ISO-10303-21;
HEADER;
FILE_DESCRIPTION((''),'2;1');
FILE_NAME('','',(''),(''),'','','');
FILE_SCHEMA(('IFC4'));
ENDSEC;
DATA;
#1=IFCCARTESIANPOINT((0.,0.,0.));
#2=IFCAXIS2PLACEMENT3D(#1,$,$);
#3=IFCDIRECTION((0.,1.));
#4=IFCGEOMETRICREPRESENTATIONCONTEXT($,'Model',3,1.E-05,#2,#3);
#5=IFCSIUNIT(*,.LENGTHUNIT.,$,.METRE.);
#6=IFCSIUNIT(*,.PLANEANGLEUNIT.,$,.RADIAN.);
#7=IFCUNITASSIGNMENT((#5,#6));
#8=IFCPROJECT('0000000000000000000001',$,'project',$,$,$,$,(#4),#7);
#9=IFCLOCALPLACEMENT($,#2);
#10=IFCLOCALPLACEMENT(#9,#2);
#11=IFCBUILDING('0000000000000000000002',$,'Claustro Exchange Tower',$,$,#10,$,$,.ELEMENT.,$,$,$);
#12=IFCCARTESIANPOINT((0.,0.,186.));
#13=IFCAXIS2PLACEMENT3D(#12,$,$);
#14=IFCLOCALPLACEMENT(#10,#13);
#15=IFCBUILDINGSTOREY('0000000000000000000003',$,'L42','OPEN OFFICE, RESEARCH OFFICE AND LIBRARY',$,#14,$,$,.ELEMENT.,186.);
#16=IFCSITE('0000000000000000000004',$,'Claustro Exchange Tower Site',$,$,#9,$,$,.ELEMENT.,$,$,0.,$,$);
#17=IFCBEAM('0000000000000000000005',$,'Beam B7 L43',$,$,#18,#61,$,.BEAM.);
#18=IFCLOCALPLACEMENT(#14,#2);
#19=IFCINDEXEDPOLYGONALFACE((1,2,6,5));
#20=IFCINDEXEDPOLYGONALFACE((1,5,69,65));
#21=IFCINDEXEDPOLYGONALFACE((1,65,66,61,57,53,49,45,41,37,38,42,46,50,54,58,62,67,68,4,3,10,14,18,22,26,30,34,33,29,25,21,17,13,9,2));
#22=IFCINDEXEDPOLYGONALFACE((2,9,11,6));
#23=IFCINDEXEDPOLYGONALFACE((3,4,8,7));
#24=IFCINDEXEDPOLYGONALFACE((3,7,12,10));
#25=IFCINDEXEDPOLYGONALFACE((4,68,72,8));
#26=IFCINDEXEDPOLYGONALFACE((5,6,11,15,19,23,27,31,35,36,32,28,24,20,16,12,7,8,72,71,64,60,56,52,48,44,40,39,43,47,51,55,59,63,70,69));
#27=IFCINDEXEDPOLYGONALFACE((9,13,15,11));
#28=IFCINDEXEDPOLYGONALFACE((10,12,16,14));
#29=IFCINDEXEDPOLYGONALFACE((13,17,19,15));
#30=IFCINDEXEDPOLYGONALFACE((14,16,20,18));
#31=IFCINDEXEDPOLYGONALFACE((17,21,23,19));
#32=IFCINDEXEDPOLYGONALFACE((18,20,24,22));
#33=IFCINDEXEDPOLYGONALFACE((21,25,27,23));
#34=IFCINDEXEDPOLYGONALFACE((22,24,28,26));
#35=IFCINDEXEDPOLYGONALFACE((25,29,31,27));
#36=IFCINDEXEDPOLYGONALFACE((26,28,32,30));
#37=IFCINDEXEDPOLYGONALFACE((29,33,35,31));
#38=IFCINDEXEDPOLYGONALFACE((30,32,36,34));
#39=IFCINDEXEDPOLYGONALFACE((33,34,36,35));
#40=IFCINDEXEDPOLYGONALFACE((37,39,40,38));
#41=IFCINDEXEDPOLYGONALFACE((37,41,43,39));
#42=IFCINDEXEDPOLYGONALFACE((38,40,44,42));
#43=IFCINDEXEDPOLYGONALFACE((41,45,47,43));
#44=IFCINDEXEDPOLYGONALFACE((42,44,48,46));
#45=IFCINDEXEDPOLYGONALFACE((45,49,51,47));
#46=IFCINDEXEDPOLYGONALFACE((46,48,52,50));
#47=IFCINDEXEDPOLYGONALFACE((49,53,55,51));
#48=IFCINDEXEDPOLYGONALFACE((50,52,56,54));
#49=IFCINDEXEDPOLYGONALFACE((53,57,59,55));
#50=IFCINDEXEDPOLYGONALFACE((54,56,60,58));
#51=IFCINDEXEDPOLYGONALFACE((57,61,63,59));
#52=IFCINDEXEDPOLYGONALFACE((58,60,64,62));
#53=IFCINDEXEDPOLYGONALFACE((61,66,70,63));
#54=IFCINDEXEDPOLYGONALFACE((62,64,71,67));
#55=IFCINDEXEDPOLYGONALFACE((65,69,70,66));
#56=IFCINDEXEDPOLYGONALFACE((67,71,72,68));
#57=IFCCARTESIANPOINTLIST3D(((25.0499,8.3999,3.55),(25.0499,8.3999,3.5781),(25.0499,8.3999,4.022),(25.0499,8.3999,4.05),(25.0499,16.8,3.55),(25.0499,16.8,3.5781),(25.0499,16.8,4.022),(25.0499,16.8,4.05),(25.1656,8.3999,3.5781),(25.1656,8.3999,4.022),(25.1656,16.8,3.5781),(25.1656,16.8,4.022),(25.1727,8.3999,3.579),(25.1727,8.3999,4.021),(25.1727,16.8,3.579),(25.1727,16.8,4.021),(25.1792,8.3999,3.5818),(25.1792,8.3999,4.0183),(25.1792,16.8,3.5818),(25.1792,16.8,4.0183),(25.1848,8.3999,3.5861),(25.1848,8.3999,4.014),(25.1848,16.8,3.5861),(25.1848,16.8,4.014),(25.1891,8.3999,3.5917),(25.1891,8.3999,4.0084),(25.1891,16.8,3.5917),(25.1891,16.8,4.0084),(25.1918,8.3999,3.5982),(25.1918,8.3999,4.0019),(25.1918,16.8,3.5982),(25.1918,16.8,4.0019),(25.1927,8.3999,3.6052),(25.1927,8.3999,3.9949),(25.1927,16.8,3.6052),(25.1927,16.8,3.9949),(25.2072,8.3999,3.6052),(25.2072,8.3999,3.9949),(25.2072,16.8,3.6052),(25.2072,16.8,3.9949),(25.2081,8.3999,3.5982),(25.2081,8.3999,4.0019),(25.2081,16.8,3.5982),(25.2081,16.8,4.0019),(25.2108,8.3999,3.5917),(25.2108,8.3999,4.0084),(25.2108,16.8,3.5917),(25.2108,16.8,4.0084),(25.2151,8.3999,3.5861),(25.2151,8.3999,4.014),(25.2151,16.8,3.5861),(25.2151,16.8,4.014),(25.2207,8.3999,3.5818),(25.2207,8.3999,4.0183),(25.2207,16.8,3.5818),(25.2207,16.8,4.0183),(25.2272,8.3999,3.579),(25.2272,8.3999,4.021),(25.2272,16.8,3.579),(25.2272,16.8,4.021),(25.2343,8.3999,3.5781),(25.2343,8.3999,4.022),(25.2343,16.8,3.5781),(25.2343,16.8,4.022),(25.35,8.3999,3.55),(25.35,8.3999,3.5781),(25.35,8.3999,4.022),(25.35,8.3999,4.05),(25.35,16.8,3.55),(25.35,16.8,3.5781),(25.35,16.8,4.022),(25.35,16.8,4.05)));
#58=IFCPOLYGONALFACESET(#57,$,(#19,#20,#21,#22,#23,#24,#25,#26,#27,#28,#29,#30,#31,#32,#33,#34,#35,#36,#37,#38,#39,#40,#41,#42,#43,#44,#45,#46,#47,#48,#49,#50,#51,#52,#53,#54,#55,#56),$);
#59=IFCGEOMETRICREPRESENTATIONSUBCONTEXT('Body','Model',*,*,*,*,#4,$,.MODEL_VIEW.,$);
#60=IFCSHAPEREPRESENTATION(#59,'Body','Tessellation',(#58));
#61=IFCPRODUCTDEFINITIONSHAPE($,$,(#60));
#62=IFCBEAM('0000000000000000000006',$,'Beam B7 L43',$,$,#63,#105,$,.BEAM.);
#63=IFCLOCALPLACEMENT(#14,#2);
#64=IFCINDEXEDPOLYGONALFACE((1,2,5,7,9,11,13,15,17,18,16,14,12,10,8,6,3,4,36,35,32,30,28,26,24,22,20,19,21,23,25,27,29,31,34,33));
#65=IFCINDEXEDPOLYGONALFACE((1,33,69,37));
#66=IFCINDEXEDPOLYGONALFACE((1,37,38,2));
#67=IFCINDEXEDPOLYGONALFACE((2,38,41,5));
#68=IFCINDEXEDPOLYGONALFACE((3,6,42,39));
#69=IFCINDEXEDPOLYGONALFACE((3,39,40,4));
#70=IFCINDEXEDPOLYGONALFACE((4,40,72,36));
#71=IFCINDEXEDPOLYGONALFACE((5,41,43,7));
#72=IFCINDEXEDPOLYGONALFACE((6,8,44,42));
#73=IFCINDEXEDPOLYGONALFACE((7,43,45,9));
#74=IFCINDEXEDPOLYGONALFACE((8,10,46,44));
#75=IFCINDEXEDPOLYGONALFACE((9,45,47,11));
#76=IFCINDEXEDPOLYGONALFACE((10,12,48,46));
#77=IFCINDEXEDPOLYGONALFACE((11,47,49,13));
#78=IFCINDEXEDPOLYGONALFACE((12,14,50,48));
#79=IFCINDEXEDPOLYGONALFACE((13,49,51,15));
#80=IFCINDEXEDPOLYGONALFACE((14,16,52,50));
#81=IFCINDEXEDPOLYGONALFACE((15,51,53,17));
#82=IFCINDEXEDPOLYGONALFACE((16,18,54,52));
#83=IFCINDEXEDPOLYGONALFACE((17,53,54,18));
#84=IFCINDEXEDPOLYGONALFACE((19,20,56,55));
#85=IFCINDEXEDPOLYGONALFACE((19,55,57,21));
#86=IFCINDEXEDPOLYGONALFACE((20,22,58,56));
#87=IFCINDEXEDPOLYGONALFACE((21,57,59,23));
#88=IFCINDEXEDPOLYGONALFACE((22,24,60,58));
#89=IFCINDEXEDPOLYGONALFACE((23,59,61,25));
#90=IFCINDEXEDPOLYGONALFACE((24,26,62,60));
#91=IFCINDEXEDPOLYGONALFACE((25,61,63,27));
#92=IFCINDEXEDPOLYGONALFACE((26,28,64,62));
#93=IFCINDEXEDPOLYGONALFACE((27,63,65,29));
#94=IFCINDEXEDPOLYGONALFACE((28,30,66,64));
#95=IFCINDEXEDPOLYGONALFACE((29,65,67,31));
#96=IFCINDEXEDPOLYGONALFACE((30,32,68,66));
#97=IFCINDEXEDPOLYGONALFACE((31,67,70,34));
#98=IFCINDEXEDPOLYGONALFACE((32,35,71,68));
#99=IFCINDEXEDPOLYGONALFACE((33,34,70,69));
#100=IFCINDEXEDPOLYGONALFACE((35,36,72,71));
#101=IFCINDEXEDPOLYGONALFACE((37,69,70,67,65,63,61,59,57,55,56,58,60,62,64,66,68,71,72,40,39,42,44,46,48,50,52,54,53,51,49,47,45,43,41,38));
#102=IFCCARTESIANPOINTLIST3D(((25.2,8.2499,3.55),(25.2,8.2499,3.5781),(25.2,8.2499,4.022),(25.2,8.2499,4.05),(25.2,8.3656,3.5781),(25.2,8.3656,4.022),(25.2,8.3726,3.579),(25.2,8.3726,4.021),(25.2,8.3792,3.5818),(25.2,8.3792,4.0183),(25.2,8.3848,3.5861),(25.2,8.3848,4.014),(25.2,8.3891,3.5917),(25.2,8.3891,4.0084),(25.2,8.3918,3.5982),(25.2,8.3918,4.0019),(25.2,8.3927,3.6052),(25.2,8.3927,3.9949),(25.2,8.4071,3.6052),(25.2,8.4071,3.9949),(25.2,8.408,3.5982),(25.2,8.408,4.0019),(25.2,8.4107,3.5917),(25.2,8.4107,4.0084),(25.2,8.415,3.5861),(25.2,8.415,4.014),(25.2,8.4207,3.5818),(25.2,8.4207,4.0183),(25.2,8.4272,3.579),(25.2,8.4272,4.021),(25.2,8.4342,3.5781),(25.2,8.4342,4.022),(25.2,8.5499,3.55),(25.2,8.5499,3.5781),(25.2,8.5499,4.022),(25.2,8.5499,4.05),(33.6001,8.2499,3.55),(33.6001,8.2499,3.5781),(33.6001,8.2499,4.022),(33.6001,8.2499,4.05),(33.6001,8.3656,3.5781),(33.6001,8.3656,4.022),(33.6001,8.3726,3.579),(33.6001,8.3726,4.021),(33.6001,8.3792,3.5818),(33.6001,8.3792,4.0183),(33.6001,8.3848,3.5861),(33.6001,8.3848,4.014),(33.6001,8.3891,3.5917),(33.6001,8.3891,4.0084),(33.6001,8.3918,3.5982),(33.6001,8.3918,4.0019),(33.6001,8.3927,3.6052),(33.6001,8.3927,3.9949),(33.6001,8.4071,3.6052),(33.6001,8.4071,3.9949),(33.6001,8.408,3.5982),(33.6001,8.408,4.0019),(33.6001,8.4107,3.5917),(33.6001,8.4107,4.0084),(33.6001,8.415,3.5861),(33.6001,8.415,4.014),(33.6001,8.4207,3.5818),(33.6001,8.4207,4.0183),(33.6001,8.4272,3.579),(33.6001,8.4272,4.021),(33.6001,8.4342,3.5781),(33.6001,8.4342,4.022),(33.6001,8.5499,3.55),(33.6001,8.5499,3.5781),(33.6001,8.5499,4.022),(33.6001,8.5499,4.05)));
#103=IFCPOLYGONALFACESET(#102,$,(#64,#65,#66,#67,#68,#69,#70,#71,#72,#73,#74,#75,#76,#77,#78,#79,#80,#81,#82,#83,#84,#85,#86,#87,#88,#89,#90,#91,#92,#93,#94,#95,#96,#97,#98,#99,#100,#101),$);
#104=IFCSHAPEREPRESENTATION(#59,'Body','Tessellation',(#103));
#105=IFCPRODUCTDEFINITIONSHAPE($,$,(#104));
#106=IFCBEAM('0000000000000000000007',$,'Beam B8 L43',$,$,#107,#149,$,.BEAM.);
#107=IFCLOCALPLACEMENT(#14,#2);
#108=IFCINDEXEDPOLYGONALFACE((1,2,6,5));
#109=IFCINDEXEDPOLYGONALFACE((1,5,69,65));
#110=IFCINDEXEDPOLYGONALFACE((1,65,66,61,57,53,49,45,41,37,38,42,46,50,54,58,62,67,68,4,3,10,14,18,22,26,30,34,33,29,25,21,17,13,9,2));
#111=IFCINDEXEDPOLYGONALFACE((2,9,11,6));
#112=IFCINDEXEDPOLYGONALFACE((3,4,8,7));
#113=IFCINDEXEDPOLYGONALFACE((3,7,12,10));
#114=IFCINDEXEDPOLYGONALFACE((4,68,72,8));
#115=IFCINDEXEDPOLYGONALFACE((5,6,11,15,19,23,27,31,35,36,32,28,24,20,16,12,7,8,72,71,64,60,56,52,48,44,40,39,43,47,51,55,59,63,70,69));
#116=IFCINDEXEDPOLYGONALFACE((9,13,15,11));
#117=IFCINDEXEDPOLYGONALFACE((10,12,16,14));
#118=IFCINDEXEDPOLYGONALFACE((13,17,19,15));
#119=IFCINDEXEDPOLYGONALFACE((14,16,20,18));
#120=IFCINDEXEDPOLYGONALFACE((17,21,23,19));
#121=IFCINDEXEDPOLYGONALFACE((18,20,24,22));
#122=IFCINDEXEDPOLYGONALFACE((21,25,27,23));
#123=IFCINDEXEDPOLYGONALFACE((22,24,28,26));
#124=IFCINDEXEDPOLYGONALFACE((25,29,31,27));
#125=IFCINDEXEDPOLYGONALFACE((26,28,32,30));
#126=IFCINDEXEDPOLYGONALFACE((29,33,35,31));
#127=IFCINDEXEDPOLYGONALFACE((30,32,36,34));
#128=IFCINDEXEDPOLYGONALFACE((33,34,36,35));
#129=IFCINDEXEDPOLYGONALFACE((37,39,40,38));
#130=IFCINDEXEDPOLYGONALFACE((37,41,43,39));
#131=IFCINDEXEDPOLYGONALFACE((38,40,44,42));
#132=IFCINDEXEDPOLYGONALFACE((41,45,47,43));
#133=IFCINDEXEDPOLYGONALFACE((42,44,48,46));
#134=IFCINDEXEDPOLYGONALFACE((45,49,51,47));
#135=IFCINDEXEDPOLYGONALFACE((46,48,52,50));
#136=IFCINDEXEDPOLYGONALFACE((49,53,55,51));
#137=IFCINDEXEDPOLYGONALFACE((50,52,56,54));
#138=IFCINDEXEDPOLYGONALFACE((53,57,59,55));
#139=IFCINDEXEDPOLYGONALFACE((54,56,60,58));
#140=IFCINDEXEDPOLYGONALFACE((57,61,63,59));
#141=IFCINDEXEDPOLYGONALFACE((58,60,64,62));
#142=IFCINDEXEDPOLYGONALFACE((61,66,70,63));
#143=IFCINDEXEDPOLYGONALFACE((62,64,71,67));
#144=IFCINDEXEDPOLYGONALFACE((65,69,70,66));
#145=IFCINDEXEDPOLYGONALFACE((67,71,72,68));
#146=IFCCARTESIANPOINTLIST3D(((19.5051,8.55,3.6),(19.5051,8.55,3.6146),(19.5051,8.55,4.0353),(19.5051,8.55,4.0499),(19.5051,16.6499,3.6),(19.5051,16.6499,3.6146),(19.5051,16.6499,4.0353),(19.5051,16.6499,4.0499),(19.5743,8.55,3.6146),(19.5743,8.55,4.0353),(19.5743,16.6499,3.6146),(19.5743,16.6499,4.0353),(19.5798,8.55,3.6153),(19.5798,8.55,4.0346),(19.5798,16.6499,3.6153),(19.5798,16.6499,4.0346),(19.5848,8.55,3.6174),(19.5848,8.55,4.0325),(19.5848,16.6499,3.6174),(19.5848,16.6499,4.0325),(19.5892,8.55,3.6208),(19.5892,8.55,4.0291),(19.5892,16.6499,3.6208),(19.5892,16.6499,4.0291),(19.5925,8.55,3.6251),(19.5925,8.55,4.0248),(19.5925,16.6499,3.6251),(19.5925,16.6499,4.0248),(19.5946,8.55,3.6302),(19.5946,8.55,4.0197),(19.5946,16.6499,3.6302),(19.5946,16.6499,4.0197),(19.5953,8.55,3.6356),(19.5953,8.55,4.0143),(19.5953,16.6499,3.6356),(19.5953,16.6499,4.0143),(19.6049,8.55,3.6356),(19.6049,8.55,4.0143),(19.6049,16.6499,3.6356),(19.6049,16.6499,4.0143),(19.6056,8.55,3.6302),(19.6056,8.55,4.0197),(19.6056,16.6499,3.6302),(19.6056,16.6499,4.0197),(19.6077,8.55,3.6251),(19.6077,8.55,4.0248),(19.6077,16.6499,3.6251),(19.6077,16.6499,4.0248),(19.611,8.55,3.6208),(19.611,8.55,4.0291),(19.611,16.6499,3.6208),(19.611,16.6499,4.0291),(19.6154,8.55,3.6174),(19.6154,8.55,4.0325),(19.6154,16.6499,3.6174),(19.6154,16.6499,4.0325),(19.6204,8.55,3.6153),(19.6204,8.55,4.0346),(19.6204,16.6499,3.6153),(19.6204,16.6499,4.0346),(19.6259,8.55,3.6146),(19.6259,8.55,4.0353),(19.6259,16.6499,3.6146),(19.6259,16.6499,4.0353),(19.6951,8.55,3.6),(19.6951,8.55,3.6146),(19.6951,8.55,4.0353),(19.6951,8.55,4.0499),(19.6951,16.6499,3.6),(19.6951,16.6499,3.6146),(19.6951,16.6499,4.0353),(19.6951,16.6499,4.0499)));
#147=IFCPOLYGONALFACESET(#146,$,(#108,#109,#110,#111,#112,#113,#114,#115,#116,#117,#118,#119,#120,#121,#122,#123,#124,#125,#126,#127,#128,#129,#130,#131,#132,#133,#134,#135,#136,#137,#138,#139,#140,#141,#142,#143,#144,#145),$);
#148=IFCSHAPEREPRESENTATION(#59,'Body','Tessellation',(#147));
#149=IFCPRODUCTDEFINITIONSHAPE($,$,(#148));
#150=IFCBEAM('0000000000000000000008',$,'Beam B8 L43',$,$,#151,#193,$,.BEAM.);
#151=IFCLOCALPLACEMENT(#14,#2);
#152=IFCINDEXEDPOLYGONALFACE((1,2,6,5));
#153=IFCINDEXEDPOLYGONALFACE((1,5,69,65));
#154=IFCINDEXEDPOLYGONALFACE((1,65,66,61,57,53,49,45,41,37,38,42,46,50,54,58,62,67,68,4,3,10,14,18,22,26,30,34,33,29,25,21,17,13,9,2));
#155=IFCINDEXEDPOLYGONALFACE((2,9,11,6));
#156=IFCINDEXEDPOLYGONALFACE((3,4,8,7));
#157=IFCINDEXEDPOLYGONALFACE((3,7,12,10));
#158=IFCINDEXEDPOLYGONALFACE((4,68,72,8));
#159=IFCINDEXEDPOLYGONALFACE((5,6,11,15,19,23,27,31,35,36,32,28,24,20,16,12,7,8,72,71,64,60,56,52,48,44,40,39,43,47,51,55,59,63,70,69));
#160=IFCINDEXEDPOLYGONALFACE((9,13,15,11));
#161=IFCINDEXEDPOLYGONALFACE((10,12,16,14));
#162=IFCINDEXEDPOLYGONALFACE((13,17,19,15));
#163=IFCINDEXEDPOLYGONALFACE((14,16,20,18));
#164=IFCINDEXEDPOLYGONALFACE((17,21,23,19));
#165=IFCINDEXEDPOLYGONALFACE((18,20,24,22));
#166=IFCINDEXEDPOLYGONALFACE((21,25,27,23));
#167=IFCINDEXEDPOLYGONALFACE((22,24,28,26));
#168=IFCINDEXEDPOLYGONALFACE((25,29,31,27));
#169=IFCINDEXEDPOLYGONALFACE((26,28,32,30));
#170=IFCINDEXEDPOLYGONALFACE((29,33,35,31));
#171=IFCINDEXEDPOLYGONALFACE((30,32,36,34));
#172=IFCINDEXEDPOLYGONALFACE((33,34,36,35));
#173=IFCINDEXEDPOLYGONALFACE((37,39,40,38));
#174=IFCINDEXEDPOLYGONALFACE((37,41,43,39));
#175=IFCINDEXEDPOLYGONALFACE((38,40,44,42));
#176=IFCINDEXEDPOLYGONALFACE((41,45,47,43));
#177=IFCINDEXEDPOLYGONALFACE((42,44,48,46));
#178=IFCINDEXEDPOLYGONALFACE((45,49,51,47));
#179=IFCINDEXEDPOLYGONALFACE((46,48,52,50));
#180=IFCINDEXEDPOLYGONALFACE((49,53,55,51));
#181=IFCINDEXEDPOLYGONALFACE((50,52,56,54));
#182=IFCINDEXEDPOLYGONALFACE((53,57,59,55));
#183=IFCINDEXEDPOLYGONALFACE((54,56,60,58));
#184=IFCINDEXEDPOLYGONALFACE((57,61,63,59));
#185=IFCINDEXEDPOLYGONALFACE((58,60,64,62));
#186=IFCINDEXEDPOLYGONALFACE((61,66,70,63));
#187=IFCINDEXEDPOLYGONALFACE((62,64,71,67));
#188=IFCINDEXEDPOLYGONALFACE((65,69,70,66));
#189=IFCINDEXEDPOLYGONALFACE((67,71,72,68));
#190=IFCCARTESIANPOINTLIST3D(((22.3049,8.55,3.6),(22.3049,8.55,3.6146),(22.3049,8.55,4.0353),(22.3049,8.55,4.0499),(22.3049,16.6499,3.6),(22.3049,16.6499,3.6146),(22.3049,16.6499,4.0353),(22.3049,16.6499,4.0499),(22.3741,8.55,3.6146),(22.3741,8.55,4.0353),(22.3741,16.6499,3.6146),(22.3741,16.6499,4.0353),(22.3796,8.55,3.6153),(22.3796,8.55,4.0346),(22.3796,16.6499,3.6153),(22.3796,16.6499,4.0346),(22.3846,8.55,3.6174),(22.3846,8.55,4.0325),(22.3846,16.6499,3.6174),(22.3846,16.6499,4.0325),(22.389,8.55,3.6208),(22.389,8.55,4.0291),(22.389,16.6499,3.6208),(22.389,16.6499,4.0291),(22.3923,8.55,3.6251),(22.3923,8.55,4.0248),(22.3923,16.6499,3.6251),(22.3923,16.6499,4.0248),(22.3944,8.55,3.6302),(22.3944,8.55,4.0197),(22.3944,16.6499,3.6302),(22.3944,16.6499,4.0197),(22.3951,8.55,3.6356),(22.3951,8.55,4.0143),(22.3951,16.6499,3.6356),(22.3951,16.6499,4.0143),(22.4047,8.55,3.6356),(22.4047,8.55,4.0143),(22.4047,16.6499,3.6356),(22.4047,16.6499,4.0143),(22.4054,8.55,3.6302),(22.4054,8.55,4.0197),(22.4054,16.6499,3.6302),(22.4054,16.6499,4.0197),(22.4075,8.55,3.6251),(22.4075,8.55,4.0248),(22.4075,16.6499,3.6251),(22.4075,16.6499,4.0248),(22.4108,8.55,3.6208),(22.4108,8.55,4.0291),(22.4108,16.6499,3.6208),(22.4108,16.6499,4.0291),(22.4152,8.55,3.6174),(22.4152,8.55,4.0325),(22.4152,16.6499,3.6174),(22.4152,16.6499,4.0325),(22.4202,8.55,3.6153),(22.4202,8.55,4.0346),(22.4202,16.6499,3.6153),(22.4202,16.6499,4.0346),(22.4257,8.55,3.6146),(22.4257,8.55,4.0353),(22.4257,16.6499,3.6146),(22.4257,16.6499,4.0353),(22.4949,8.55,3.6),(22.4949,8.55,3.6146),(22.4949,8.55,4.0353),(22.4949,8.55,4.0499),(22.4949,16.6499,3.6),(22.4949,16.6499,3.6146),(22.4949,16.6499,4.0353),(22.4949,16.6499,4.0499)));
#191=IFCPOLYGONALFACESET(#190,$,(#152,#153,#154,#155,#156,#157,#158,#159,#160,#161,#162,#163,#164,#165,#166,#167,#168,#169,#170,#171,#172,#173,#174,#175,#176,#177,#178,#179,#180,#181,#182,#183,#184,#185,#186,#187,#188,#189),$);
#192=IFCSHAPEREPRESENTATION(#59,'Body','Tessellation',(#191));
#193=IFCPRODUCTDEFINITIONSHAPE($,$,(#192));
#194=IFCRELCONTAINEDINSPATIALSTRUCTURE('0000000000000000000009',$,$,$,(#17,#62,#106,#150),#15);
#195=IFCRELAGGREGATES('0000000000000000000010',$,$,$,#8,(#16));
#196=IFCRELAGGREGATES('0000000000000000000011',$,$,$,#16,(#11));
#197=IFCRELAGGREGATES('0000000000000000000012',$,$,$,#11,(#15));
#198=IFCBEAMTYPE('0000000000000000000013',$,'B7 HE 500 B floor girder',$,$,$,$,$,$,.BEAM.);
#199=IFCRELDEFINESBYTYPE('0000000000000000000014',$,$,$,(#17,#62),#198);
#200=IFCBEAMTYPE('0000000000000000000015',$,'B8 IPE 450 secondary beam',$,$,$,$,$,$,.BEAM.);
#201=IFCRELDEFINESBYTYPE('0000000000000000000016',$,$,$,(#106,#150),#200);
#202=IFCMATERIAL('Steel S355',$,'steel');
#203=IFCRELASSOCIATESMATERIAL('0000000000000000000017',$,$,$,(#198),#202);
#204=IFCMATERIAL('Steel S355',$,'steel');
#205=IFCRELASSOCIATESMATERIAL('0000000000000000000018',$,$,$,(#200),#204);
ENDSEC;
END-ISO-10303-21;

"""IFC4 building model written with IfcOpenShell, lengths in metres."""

from ifc_helpers import new_model, si_unit, direction, frame, origin, origin_2d, place, context, subcontext, project, spatial, i_section, extrude, material, material_profile, profile_set, type_object, element, save


model = new_model("IFC4")

# Units and contexts
model_context = context("Model", 3, precision=1e-05, world=origin(), true_north=direction((0.0, 1.0)))
body_context = subcontext(model_context, "Body", "Model", "MODEL_VIEW")
ifc_project = project(units=[si_unit("LENGTHUNIT", "METRE"), si_unit("PLANEANGLEUNIT", "RADIAN")], contexts=[model_context])

# Site, building, storey
site_placement = place(None, origin())
site = spatial("IfcSite", under=ifc_project, at=site_placement, Name="Claustro Exchange Tower Site", CompositionType="ELEMENT", RefElevation=0.0)
building_placement = place(site_placement, origin())
building = spatial("IfcBuilding", under=site, at=building_placement, Name="Claustro Exchange Tower", CompositionType="ELEMENT")
storey_placement = place(building_placement, frame((0.0, 0.0, 186.0)))
storey = spatial("IfcBuildingStorey", under=building, at=storey_placement, Name="L42", Description="OPEN OFFICE, RESEARCH OFFICE AND LIBRARY", CompositionType="ELEMENT", Elevation=186.0)

# Beams
ifc_material_1 = material(Name="Steel S355", Category="steel")
ifc_material_profile_1 = material_profile(ifc_material_1, i_section(OverallWidth=0.3, OverallDepth=0.5, WebThickness=0.0144, FlangeThickness=0.0281, FilletRadius=0.0271, at=origin_2d()), Name="HE 500 B")
ifc_profile_set_1 = profile_set([ifc_material_profile_1], Name="Steel S355")
beam_type_1 = type_object("IfcBeamType", Name="B7 HE 500 B floor girder", PredefinedType="BEAM", material=ifc_profile_set_1)
for number, where, z_axis, x_axis, name in (
    (1, (25.2, 8.3999, 3.8), (0.0, 1.0, 0.0), (-1.0, 0.0, 0.0), "Beam B7 L43"),
    (2, (25.2, 8.3999, 3.8), (1.0, 0.0, 0.0), (0.0, 1.0, 0.0), "Beam B7 L43"),
):
    element("IfcBeam", number, at=place(storey_placement, frame(where, z_axis=z_axis, x_axis=x_axis)), inside=storey, type_object=beam_type_1, Name=name, PredefinedType="BEAM", context=body_context, shape_type="SweptSolid", body=[
        extrude(i_section(OverallWidth=0.3, OverallDepth=0.5, WebThickness=0.0144, FlangeThickness=0.0281, FilletRadius=0.0271, at=origin_2d()), origin(), (0.0, 0.0, 1.0), 8.4001),
    ])
ifc_material_2 = material(Name="Steel S355", Category="steel")
ifc_material_profile_2 = material_profile(ifc_material_2, i_section(OverallWidth=0.1899, OverallDepth=0.45, WebThickness=0.0095, FlangeThickness=0.0146, FilletRadius=0.021, at=origin_2d()), Name="IPE 450")
ifc_profile_set_2 = profile_set([ifc_material_profile_2], Name="Steel S355")
beam_type_2 = type_object("IfcBeamType", Name="B8 IPE 450 secondary beam", PredefinedType="BEAM", material=ifc_profile_set_2)
for number, where, z_axis, x_axis, name in (
    (3, (19.6001, 8.55, 3.825), (0.0, 1.0, 0.0), (-1.0, 0.0, 0.0), "Beam B8 L43"),
    (4, (22.3999, 8.55, 3.825), (0.0, 1.0, 0.0), (-1.0, 0.0, 0.0), "Beam B8 L43"),
):
    element("IfcBeam", number, at=place(storey_placement, frame(where, z_axis=z_axis, x_axis=x_axis)), inside=storey, type_object=beam_type_2, Name=name, PredefinedType="BEAM", context=body_context, shape_type="SweptSolid", body=[
        extrude(i_section(OverallWidth=0.1899, OverallDepth=0.45, WebThickness=0.0095, FlangeThickness=0.0146, FilletRadius=0.021, at=origin_2d()), origin(), (0.0, 0.0, 1.0), 8.0999),
    ])

save(model, "model.ifc")
